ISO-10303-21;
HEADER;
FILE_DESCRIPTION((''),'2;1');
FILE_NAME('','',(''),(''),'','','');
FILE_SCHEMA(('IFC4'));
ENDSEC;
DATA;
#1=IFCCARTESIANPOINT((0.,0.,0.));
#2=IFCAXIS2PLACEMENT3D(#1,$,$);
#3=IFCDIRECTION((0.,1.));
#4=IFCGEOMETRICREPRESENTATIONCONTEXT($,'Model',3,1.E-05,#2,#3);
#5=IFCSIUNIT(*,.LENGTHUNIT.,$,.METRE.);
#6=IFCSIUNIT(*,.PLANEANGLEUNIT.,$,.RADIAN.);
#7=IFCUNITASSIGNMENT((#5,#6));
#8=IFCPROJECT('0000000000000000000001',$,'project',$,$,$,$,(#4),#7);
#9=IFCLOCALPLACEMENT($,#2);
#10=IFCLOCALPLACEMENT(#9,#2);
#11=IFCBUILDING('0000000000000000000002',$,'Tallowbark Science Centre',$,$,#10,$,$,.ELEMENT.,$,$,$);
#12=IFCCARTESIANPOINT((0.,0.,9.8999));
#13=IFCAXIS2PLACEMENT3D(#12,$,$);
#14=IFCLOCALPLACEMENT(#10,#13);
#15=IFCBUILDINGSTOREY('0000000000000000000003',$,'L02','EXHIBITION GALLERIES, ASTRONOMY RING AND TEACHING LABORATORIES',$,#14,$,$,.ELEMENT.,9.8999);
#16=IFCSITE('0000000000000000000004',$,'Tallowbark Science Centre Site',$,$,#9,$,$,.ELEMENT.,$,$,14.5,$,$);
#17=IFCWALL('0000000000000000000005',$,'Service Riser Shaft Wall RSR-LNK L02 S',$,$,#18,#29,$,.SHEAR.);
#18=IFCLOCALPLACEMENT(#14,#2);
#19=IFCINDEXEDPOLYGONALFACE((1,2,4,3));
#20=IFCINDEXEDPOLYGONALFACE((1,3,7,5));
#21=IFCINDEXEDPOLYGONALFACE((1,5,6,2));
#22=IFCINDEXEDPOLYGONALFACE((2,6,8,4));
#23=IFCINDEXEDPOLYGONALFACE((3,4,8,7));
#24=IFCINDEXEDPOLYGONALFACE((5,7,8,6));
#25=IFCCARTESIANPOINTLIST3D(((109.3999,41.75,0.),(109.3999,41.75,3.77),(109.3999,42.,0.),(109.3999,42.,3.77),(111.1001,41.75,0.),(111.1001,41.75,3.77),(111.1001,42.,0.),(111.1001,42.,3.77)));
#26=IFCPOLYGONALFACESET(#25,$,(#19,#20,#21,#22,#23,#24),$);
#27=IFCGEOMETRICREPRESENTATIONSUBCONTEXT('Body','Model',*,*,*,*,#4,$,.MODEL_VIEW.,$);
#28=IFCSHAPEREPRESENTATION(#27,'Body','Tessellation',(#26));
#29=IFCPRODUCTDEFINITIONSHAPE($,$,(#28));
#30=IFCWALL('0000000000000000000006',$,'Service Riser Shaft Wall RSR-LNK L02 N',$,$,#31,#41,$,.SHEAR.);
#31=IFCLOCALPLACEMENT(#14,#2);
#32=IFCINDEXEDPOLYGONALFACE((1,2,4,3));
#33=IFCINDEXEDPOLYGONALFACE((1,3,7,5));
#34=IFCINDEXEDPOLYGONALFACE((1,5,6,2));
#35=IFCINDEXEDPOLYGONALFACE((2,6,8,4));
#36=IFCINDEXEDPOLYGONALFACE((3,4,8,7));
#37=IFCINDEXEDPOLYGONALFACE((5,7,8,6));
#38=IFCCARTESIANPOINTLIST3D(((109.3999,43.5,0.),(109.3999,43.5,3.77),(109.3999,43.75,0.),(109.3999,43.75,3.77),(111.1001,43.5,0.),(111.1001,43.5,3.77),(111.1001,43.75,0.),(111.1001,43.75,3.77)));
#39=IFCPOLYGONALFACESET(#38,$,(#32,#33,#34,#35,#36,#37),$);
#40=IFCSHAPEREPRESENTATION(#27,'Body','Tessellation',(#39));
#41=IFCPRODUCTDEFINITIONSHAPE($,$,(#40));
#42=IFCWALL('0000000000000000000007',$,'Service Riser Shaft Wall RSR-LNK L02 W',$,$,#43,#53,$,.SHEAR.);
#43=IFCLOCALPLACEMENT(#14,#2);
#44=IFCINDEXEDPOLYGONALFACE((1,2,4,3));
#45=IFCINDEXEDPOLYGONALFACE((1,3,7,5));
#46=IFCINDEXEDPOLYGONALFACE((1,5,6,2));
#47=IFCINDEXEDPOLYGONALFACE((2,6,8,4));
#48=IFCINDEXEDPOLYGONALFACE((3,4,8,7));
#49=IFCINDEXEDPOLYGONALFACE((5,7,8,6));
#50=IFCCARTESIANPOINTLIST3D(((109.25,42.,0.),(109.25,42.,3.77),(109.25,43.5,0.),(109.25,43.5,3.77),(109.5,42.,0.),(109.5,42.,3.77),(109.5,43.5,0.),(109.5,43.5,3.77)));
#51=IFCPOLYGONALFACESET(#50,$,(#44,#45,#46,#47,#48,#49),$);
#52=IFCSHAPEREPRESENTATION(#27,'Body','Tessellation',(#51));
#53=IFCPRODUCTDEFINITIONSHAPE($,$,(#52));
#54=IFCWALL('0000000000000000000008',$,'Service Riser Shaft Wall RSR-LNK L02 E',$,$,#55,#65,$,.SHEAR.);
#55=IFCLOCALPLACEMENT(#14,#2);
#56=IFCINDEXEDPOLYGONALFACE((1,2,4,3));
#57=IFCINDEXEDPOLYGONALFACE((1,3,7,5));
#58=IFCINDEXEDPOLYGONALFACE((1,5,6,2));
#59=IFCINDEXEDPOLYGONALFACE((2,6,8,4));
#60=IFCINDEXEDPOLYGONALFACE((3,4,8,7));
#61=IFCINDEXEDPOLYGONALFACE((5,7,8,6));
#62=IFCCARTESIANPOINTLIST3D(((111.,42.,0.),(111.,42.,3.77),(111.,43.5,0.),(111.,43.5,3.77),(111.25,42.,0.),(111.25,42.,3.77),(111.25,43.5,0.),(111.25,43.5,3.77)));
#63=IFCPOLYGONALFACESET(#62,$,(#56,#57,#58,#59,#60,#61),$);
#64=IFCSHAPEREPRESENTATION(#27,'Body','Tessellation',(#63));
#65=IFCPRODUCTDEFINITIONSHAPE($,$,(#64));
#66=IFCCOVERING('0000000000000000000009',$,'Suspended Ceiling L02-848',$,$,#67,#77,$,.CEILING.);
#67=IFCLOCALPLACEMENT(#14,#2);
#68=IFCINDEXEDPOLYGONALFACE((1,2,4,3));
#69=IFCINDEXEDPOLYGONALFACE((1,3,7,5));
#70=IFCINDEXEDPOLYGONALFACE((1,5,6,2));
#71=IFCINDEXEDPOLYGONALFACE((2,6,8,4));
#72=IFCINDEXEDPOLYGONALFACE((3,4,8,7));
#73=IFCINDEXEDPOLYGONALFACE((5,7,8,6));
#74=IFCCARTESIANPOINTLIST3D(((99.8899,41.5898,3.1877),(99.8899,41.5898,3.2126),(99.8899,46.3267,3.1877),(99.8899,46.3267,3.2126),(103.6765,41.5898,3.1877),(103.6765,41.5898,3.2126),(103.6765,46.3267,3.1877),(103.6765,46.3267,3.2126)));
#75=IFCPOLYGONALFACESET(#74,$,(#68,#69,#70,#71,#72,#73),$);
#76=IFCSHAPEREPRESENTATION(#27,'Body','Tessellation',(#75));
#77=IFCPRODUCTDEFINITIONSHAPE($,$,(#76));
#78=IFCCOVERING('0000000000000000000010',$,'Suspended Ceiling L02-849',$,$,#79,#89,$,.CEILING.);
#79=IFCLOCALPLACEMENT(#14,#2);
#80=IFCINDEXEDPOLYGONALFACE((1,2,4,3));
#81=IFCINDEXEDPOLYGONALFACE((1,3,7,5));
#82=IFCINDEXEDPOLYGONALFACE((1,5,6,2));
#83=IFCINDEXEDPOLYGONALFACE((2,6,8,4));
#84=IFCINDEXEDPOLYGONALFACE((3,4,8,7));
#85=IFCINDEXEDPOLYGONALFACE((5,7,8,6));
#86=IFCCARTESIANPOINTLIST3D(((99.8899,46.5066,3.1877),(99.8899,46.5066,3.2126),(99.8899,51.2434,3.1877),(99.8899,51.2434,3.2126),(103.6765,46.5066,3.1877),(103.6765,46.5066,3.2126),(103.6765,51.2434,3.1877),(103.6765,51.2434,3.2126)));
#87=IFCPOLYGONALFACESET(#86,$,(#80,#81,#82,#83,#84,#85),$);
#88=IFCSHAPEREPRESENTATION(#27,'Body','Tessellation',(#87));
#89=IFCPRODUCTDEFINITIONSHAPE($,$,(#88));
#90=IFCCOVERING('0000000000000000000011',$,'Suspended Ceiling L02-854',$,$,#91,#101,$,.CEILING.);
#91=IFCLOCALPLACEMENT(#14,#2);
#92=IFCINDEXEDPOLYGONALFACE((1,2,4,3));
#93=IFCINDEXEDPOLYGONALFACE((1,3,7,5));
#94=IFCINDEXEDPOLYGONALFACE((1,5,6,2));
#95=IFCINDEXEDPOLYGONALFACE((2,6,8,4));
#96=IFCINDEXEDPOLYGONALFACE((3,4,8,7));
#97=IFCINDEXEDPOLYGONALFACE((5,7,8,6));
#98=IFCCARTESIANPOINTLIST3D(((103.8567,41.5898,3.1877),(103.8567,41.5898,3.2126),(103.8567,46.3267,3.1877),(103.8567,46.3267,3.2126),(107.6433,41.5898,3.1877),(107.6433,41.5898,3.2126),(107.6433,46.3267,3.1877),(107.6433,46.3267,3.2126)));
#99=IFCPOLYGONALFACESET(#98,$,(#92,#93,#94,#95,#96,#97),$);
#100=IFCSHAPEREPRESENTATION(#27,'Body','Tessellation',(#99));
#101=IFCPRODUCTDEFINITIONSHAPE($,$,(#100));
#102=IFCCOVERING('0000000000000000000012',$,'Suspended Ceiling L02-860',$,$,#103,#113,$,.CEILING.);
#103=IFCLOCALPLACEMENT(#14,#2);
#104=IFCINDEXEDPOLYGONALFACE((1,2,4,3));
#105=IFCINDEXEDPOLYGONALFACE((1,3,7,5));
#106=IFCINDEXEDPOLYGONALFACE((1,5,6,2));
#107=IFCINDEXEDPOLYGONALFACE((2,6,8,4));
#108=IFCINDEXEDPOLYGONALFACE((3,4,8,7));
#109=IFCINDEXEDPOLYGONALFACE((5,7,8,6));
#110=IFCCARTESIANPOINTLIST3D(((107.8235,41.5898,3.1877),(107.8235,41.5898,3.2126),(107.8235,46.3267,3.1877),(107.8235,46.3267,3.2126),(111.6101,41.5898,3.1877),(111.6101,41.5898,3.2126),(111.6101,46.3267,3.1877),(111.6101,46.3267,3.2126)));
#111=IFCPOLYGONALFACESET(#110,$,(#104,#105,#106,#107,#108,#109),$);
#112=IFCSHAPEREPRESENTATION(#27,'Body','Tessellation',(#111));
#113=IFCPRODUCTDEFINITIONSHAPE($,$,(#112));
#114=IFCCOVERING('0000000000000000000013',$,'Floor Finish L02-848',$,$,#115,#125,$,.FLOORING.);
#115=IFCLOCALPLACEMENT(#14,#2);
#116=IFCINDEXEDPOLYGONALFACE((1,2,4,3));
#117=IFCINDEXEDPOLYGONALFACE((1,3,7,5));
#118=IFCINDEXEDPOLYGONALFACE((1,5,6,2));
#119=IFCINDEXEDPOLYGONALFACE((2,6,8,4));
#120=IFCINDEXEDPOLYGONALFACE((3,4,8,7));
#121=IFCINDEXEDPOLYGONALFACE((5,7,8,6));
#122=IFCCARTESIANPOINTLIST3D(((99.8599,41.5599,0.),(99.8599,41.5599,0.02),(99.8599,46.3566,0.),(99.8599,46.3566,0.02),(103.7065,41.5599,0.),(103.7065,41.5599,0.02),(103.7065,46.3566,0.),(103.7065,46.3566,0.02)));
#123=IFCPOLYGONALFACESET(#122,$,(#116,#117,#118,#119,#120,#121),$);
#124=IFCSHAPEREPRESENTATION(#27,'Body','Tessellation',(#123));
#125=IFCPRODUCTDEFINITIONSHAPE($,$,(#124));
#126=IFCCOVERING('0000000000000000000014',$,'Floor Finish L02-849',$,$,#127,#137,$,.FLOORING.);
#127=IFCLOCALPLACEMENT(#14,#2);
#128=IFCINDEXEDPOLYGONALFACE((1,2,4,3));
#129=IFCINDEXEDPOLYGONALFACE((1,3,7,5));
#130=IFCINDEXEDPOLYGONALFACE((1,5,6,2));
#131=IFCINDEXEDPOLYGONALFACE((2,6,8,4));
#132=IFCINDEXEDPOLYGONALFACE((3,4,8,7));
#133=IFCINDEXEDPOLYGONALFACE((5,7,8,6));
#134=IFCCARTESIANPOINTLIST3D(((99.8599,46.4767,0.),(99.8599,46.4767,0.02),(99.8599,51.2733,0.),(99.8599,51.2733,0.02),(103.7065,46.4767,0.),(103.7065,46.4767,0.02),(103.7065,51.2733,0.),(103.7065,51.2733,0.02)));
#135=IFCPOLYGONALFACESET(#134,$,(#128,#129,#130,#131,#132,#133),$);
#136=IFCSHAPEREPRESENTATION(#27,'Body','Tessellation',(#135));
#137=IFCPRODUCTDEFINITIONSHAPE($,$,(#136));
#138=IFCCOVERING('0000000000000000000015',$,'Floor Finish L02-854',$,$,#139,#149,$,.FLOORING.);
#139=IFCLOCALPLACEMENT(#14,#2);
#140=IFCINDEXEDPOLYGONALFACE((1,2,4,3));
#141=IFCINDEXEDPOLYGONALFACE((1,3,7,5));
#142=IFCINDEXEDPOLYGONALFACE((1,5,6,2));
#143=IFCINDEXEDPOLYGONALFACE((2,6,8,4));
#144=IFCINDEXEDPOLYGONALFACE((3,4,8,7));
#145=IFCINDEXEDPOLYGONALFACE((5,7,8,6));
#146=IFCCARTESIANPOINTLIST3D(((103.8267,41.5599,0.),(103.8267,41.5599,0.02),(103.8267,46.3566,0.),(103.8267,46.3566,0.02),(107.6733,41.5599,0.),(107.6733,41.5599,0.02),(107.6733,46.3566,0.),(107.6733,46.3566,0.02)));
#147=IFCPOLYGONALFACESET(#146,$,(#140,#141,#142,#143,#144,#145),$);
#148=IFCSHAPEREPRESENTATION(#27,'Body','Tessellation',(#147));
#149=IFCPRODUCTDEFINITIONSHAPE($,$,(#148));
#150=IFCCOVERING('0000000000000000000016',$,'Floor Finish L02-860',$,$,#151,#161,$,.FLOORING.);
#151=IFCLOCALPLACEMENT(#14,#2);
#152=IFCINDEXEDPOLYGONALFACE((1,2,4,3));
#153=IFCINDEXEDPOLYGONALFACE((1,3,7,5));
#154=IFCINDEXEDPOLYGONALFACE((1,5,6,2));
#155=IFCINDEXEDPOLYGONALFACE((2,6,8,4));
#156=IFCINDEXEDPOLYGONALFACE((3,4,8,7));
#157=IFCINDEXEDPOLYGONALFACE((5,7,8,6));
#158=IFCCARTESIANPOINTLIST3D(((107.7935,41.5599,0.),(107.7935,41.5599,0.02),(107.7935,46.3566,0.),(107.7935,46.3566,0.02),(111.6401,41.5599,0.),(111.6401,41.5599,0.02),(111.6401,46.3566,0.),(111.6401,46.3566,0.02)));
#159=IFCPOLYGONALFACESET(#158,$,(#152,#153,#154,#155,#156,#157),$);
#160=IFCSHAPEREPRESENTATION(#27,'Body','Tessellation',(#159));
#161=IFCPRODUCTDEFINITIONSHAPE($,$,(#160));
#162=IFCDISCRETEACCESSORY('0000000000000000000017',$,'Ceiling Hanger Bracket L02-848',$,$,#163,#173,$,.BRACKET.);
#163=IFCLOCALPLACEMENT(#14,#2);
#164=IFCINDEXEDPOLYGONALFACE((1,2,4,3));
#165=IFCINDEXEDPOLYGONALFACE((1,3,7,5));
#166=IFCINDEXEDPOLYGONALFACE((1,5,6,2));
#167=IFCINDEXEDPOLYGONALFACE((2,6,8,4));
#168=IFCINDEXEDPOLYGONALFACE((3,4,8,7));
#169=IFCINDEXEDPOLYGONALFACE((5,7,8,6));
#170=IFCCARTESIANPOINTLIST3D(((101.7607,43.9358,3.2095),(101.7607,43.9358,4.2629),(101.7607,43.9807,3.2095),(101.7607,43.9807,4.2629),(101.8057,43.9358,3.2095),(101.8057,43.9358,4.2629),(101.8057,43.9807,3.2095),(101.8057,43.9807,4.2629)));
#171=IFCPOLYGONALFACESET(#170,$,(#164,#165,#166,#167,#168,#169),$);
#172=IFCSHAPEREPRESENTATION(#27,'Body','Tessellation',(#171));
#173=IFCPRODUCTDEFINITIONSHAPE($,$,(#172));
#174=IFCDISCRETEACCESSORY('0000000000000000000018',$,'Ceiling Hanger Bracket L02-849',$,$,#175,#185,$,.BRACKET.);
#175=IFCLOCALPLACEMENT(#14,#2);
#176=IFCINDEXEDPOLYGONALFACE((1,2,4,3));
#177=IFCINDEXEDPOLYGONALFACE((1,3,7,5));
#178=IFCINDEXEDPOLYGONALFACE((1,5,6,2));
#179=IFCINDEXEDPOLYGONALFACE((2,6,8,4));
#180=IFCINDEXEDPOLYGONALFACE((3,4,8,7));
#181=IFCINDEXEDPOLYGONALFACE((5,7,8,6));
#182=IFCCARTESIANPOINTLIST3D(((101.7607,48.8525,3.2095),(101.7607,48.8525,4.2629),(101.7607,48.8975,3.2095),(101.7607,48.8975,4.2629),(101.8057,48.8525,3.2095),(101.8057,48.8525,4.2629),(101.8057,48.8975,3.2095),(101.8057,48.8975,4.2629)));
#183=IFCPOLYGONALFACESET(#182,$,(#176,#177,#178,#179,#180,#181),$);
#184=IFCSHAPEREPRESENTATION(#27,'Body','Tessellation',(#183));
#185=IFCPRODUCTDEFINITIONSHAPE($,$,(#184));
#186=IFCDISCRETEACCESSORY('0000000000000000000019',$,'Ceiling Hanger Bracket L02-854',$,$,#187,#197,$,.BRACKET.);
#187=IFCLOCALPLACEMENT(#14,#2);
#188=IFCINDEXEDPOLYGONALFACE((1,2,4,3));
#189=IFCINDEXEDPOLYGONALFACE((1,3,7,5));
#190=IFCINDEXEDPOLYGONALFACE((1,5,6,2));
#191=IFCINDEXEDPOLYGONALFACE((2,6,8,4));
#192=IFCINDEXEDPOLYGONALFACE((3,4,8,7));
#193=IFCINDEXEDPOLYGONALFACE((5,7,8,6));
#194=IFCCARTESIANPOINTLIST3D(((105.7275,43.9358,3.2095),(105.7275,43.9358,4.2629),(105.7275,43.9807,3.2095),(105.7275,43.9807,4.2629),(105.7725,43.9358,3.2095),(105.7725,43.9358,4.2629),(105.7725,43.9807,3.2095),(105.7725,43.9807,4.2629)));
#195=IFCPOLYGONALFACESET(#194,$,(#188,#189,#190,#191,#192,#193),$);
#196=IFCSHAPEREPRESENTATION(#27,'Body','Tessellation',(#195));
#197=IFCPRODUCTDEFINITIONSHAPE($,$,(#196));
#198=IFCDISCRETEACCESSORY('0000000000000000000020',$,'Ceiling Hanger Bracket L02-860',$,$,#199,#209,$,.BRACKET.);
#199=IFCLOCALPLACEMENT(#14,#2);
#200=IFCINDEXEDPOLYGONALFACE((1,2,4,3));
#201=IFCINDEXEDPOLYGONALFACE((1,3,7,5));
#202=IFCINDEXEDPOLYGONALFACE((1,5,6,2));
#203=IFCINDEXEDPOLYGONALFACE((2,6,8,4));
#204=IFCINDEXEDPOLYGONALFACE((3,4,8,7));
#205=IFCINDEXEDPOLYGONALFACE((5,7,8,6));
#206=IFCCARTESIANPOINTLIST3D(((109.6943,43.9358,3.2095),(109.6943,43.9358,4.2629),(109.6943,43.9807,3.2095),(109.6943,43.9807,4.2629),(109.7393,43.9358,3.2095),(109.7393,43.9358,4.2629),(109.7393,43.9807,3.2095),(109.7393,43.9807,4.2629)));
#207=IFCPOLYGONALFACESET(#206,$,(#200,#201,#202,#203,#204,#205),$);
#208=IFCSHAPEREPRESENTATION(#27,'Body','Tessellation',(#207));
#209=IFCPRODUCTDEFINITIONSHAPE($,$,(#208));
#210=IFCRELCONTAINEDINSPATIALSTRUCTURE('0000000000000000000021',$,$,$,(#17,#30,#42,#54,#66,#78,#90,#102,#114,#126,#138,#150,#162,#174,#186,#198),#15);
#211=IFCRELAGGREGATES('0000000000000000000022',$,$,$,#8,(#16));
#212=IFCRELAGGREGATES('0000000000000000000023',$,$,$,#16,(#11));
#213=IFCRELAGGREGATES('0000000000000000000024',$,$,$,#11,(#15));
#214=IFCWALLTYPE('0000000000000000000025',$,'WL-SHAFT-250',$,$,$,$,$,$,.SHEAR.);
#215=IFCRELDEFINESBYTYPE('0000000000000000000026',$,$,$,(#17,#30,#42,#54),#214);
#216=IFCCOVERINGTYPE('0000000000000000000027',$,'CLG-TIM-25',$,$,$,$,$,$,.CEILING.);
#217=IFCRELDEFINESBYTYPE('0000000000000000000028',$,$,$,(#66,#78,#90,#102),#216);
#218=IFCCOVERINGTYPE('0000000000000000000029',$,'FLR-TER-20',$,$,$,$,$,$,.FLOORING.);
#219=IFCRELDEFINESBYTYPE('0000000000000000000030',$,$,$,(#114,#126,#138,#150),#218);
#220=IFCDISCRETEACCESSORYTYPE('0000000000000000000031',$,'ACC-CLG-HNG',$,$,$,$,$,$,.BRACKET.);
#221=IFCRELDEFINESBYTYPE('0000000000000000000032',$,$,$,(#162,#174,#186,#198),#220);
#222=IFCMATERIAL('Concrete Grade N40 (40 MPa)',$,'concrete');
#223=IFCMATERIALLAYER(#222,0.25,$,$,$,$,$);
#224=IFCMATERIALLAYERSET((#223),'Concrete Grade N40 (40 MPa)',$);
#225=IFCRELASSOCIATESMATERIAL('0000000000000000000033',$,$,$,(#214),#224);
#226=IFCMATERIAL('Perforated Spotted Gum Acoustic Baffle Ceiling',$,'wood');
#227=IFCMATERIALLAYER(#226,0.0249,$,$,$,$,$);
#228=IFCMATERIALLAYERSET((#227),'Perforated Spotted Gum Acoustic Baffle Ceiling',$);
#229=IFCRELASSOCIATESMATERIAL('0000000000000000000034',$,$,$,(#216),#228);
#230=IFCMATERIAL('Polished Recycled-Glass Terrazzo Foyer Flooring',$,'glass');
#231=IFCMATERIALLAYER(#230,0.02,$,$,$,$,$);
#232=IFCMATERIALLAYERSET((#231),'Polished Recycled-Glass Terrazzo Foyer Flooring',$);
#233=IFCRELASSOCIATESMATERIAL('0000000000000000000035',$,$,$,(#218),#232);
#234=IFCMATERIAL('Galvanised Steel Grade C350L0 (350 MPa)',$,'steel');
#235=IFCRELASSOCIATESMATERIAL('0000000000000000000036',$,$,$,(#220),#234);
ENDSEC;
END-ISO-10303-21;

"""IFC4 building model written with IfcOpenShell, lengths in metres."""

from ifc_helpers import new_model, si_unit, direction, frame, frame_2d, origin, origin_2d, place, context, subcontext, project, spatial, rectangle, extrude, material, layer, layer_set, type_object, element, save


model = new_model("IFC4")

# Units and contexts
model_context = context("Model", 3, precision=1e-05, world=origin(), true_north=direction((0.0, 1.0)))
body_context = subcontext(model_context, "Body", "Model", "MODEL_VIEW")
ifc_project = project(units=[si_unit("LENGTHUNIT", "METRE"), si_unit("PLANEANGLEUNIT", "RADIAN")], contexts=[model_context])

# Site, building, storey
site_placement = place(None, origin())
site = spatial("IfcSite", under=ifc_project, at=site_placement, Name="Tallowbark Science Centre Site", CompositionType="ELEMENT", RefElevation=14.5)
building_placement = place(site_placement, origin())
building = spatial("IfcBuilding", under=site, at=building_placement, Name="Tallowbark Science Centre", CompositionType="ELEMENT")
storey_placement = place(building_placement, frame((0.0, 0.0, 9.8999)))
storey = spatial("IfcBuildingStorey", under=building, at=storey_placement, Name="L02", Description="EXHIBITION GALLERIES, ASTRONOMY RING AND TEACHING LABORATORIES", CompositionType="ELEMENT", Elevation=9.8999)

# Walls
ifc_material_1 = material(Name="Concrete Grade N40 (40 MPa)", Category="concrete")
ifc_layer_1 = layer(ifc_material_1, 0.25)
ifc_layer_set_1 = layer_set([ifc_layer_1], Name="Concrete Grade N40 (40 MPa)")
wall_type = type_object("IfcWallType", Name="WL-SHAFT-250", PredefinedType="SHEAR", material=ifc_layer_set_1)
for number, where, z_axis, x_axis, name in (
    (1, (109.3999, 41.875, 0.0), (0.0, 0.0, 1.0), (1.0, 0.0, 0.0), "Service Riser Shaft Wall RSR-LNK L02 S"),
    (2, (109.3999, 43.625, 0.0), (0.0, 0.0, 1.0), (1.0, 0.0, 0.0), "Service Riser Shaft Wall RSR-LNK L02 N"),
):
    element("IfcWall", number, at=place(storey_placement, frame(where, z_axis=z_axis, x_axis=x_axis)), inside=storey, type_object=wall_type, Name=name, PredefinedType="SHEAR", context=body_context, shape_type="SweptSolid", body=[
        extrude(rectangle(XDim=1.7002, YDim=0.25, at=frame_2d((0.8501, 0.0))), origin(), (0.0, 0.0, 1.0), 3.77),
    ])
for number, where, z_axis, x_axis, name in (
    (3, (109.375, 42.0, 0.0), (0.0, 0.0, 1.0), (0.0, 1.0, 0.0), "Service Riser Shaft Wall RSR-LNK L02 W"),
    (4, (111.125, 42.0, 0.0), (0.0, 0.0, 1.0), (0.0, 1.0, 0.0), "Service Riser Shaft Wall RSR-LNK L02 E"),
):
    element("IfcWall", number, at=place(storey_placement, frame(where, z_axis=z_axis, x_axis=x_axis)), inside=storey, type_object=wall_type, Name=name, PredefinedType="SHEAR", context=body_context, shape_type="SweptSolid", body=[
        extrude(rectangle(XDim=1.5, YDim=0.25, at=frame_2d((0.75, 0.0))), origin(), (0.0, 0.0, 1.0), 3.77),
    ])

# Coverings
ifc_material_2 = material(Name="Perforated Spotted Gum Acoustic Baffle Ceiling", Category="wood")
ifc_layer_2 = layer(ifc_material_2, 0.0249)
ifc_layer_set_2 = layer_set([ifc_layer_2], Name="Perforated Spotted Gum Acoustic Baffle Ceiling")
covering_type_1 = type_object("IfcCoveringType", Name="CLG-TIM-25", PredefinedType="CEILING", material=ifc_layer_set_2)
for number, where, z_axis, x_axis, name in (
    (5, (101.7832, 43.9583, 3.1877), (0.0, 0.0, 1.0), (1.0, 0.0, 0.0), "Suspended Ceiling L02-848"),
    (6, (101.7832, 48.875, 3.1877), (0.0, 0.0, 1.0), (1.0, 0.0, 0.0), "Suspended Ceiling L02-849"),
    (7, (105.75, 43.9583, 3.1877), (0.0, 0.0, 1.0), (1.0, 0.0, 0.0), "Suspended Ceiling L02-854"),
    (8, (109.7168, 43.9583, 3.1877), (0.0, 0.0, 1.0), (1.0, 0.0, 0.0), "Suspended Ceiling L02-860"),
):
    element("IfcCovering", number, at=place(storey_placement, frame(where, z_axis=z_axis, x_axis=x_axis)), inside=storey, type_object=covering_type_1, Name=name, PredefinedType="CEILING", context=body_context, shape_type="SweptSolid", body=[
        extrude(rectangle(XDim=3.7866, YDim=4.7368, at=origin_2d()), origin(), (0.0, 0.0, 1.0), 0.0249),
    ])
ifc_material_3 = material(Name="Polished Recycled-Glass Terrazzo Foyer Flooring", Category="glass")
ifc_layer_3 = layer(ifc_material_3, 0.02)
ifc_layer_set_3 = layer_set([ifc_layer_3], Name="Polished Recycled-Glass Terrazzo Foyer Flooring")
covering_type_2 = type_object("IfcCoveringType", Name="FLR-TER-20", PredefinedType="FLOORING", material=ifc_layer_set_3)
for number, where, z_axis, x_axis, name in (
    (9, (101.7832, 43.9583, 0.0), (0.0, 0.0, 1.0), (1.0, 0.0, 0.0), "Floor Finish L02-848"),
    (10, (101.7832, 48.875, 0.0), (0.0, 0.0, 1.0), (1.0, 0.0, 0.0), "Floor Finish L02-849"),
    (11, (105.75, 43.9583, 0.0), (0.0, 0.0, 1.0), (1.0, 0.0, 0.0), "Floor Finish L02-854"),
    (12, (109.7168, 43.9583, 0.0), (0.0, 0.0, 1.0), (1.0, 0.0, 0.0), "Floor Finish L02-860"),
):
    element("IfcCovering", number, at=place(storey_placement, frame(where, z_axis=z_axis, x_axis=x_axis)), inside=storey, type_object=covering_type_2, Name=name, PredefinedType="FLOORING", context=body_context, shape_type="SweptSolid", body=[
        extrude(rectangle(XDim=3.8467, YDim=4.7966, at=origin_2d()), origin(), (0.0, 0.0, 1.0), 0.02),
    ])

# Discrete accessories
ifc_material_4 = material(Name="Galvanised Steel Grade C350L0 (350 MPa)", Category="steel")
discrete_accessory_type = type_object("IfcDiscreteAccessoryType", Name="ACC-CLG-HNG", PredefinedType="BRACKET", material=ifc_material_4)
for number, where, z_axis, x_axis, name in (
    (13, (101.7832, 43.9583, 3.2095), (0.0, 0.0, 1.0), (1.0, 0.0, 0.0), "Ceiling Hanger Bracket L02-848"),
    (14, (101.7832, 48.875, 3.2095), (0.0, 0.0, 1.0), (1.0, 0.0, 0.0), "Ceiling Hanger Bracket L02-849"),
    (15, (105.75, 43.9583, 3.2095), (0.0, 0.0, 1.0), (1.0, 0.0, 0.0), "Ceiling Hanger Bracket L02-854"),
    (16, (109.7168, 43.9583, 3.2095), (0.0, 0.0, 1.0), (1.0, 0.0, 0.0), "Ceiling Hanger Bracket L02-860"),
):
    element("IfcDiscreteAccessory", number, at=place(storey_placement, frame(where, z_axis=z_axis, x_axis=x_axis)), inside=storey, type_object=discrete_accessory_type, Name=name, PredefinedType="BRACKET", context=body_context, shape_type="SweptSolid", body=[
        extrude(rectangle(XDim=0.0449, YDim=0.0449, at=origin_2d()), origin(), (0.0, 0.0, 1.0), 1.0535),
    ])

save(model, "model.ifc")
